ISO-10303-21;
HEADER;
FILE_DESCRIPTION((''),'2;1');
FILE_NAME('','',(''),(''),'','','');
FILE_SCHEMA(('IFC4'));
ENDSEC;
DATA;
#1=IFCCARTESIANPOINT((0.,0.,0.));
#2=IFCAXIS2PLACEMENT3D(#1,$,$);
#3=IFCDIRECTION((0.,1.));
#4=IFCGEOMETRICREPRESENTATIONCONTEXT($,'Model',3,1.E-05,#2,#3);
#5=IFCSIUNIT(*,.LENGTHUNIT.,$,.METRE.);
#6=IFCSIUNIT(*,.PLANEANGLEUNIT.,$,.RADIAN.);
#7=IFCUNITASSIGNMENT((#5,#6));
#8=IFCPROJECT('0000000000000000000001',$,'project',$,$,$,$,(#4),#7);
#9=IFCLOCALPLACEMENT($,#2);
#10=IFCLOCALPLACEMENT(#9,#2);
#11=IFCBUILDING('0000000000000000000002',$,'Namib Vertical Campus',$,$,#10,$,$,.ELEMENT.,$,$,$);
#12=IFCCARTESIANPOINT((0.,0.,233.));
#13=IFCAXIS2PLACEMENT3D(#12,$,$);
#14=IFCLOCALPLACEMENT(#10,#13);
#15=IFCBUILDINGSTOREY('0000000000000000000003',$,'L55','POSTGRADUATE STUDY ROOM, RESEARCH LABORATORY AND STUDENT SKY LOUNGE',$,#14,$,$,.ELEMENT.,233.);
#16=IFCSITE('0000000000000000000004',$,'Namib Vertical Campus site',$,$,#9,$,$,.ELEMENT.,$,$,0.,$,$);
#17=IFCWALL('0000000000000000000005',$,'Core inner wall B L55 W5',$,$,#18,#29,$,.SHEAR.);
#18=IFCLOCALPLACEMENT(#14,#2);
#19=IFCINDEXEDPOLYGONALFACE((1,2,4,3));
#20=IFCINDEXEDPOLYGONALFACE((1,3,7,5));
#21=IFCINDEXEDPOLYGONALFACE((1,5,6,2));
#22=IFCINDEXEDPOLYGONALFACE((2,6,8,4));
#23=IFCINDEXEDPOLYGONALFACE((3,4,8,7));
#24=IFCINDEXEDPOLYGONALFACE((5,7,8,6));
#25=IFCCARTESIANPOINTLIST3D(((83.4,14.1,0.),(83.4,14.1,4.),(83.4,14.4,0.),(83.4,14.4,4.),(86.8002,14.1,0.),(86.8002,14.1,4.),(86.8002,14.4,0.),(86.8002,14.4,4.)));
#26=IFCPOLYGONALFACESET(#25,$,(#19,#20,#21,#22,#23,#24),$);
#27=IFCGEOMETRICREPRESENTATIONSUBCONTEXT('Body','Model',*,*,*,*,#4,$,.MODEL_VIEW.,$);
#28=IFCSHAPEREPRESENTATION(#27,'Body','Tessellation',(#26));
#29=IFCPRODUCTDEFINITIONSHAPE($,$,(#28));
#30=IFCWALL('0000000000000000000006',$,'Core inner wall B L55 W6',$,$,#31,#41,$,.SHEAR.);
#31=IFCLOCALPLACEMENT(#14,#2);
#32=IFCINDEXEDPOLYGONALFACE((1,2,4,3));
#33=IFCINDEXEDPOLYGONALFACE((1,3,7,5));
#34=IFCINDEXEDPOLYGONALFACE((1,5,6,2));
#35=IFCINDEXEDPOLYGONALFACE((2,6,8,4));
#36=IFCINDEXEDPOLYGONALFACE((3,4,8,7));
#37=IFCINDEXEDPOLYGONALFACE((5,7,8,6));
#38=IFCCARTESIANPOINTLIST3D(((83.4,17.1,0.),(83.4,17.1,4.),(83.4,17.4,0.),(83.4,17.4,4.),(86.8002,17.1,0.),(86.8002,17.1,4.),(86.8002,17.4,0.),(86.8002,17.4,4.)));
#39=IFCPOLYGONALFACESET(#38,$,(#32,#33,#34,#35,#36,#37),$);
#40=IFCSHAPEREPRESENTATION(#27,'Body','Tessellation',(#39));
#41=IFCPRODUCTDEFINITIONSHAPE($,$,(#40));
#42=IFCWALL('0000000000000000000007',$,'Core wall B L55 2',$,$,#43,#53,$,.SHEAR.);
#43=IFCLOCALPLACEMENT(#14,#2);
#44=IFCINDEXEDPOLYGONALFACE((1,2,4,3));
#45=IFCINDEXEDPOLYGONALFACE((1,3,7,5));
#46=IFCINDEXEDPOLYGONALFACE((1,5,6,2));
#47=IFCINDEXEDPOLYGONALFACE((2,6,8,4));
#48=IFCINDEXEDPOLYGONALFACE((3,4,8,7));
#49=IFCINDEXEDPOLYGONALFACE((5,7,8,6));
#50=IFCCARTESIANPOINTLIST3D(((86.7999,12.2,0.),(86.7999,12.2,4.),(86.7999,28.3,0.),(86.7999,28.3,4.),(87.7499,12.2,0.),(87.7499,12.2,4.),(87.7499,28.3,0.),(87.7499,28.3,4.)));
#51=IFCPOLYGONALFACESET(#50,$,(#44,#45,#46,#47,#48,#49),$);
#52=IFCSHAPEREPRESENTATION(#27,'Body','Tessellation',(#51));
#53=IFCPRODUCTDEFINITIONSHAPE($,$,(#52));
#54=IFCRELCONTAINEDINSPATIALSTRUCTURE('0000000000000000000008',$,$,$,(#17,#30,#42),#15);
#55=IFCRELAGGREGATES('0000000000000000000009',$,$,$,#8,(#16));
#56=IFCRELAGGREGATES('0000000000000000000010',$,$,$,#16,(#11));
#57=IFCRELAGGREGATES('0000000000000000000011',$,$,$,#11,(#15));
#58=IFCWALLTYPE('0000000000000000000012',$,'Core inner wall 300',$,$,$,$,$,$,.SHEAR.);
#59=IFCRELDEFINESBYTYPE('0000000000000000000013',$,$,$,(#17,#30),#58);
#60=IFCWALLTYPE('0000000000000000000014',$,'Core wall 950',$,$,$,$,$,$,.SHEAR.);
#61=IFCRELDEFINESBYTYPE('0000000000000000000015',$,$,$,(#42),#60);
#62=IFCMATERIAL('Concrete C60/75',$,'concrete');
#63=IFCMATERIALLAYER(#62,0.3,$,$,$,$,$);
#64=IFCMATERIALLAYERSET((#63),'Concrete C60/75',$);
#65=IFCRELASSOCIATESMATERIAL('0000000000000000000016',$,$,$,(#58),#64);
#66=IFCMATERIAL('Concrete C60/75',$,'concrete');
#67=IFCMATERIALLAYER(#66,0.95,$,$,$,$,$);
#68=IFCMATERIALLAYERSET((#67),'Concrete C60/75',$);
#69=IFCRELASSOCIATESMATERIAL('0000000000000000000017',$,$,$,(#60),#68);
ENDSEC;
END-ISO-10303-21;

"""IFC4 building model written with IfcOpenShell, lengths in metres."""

from ifc_helpers import new_model, si_unit, direction, frame, frame_2d, origin, place, context, subcontext, project, spatial, rectangle, extrude, material, layer, layer_set, type_object, element, save


model = new_model("IFC4")

# Units and contexts
model_context = context("Model", 3, precision=1e-05, world=origin(), true_north=direction((0.0, 1.0)))
body_context = subcontext(model_context, "Body", "Model", "MODEL_VIEW")
ifc_project = project(units=[si_unit("LENGTHUNIT", "METRE"), si_unit("PLANEANGLEUNIT", "RADIAN")], contexts=[model_context])

# Site, building, storey
site_placement = place(None, origin())
site = spatial("IfcSite", under=ifc_project, at=site_placement, Name="Namib Vertical Campus site", CompositionType="ELEMENT", RefElevation=0.0)
building_placement = place(site_placement, origin())
building = spatial("IfcBuilding", under=site, at=building_placement, Name="Namib Vertical Campus", CompositionType="ELEMENT")
storey_placement = place(building_placement, frame((0.0, 0.0, 233.0)))
storey = spatial("IfcBuildingStorey", under=building, at=storey_placement, Name="L55", Description="POSTGRADUATE STUDY ROOM, RESEARCH LABORATORY AND STUDENT SKY LOUNGE", CompositionType="ELEMENT", Elevation=233.0)

# Walls
ifc_material_1 = material(Name="Concrete C60/75", Category="concrete")
ifc_layer_1 = layer(ifc_material_1, 0.3)
ifc_layer_set_1 = layer_set([ifc_layer_1], Name="Concrete C60/75")
wall_type_1 = type_object("IfcWallType", Name="Core inner wall 300", PredefinedType="SHEAR", material=ifc_layer_set_1)
for number, where, z_axis, x_axis, name in (
    (1, (83.3999, 14.25, 0.0), (0.0, 0.0, 1.0), (1.0, 0.0, 0.0), "Core inner wall B L55 W5"),
    (2, (83.3999, 17.25, 0.0), (0.0, 0.0, 1.0), (1.0, 0.0, 0.0), "Core inner wall B L55 W6"),
):
    element("IfcWall", number, at=place(storey_placement, frame(where, z_axis=z_axis, x_axis=x_axis)), inside=storey, type_object=wall_type_1, Name=name, PredefinedType="SHEAR", context=body_context, shape_type="SweptSolid", body=[
        extrude(rectangle(XDim=3.4001, YDim=0.3, at=frame_2d((1.7002, 0.0))), origin(), (0.0, 0.0, 1.0), 4.0),
    ])
ifc_material_2 = material(Name="Concrete C60/75", Category="concrete")
ifc_layer_2 = layer(ifc_material_2, 0.95)
ifc_layer_set_2 = layer_set([ifc_layer_2], Name="Concrete C60/75")
wall_type_2 = type_object("IfcWallType", Name="Core wall 950", PredefinedType="SHEAR", material=ifc_layer_set_2)
wall_1_placement = place(storey_placement, frame((87.2749, 12.2, 0.0), z_axis=(0.0, 0.0, 1.0), x_axis=(0.0, 1.0, 0.0)))
element("IfcWall", 3, at=wall_1_placement, inside=storey, type_object=wall_type_2, Name="Core wall B L55 2", PredefinedType="SHEAR", context=body_context, shape_type="SweptSolid", body=[
    extrude(rectangle(XDim=16.1001, YDim=0.95, at=frame_2d((8.05, 0.0))), origin(), (0.0, 0.0, 1.0), 4.0),
])

save(model, "model.ifc")
